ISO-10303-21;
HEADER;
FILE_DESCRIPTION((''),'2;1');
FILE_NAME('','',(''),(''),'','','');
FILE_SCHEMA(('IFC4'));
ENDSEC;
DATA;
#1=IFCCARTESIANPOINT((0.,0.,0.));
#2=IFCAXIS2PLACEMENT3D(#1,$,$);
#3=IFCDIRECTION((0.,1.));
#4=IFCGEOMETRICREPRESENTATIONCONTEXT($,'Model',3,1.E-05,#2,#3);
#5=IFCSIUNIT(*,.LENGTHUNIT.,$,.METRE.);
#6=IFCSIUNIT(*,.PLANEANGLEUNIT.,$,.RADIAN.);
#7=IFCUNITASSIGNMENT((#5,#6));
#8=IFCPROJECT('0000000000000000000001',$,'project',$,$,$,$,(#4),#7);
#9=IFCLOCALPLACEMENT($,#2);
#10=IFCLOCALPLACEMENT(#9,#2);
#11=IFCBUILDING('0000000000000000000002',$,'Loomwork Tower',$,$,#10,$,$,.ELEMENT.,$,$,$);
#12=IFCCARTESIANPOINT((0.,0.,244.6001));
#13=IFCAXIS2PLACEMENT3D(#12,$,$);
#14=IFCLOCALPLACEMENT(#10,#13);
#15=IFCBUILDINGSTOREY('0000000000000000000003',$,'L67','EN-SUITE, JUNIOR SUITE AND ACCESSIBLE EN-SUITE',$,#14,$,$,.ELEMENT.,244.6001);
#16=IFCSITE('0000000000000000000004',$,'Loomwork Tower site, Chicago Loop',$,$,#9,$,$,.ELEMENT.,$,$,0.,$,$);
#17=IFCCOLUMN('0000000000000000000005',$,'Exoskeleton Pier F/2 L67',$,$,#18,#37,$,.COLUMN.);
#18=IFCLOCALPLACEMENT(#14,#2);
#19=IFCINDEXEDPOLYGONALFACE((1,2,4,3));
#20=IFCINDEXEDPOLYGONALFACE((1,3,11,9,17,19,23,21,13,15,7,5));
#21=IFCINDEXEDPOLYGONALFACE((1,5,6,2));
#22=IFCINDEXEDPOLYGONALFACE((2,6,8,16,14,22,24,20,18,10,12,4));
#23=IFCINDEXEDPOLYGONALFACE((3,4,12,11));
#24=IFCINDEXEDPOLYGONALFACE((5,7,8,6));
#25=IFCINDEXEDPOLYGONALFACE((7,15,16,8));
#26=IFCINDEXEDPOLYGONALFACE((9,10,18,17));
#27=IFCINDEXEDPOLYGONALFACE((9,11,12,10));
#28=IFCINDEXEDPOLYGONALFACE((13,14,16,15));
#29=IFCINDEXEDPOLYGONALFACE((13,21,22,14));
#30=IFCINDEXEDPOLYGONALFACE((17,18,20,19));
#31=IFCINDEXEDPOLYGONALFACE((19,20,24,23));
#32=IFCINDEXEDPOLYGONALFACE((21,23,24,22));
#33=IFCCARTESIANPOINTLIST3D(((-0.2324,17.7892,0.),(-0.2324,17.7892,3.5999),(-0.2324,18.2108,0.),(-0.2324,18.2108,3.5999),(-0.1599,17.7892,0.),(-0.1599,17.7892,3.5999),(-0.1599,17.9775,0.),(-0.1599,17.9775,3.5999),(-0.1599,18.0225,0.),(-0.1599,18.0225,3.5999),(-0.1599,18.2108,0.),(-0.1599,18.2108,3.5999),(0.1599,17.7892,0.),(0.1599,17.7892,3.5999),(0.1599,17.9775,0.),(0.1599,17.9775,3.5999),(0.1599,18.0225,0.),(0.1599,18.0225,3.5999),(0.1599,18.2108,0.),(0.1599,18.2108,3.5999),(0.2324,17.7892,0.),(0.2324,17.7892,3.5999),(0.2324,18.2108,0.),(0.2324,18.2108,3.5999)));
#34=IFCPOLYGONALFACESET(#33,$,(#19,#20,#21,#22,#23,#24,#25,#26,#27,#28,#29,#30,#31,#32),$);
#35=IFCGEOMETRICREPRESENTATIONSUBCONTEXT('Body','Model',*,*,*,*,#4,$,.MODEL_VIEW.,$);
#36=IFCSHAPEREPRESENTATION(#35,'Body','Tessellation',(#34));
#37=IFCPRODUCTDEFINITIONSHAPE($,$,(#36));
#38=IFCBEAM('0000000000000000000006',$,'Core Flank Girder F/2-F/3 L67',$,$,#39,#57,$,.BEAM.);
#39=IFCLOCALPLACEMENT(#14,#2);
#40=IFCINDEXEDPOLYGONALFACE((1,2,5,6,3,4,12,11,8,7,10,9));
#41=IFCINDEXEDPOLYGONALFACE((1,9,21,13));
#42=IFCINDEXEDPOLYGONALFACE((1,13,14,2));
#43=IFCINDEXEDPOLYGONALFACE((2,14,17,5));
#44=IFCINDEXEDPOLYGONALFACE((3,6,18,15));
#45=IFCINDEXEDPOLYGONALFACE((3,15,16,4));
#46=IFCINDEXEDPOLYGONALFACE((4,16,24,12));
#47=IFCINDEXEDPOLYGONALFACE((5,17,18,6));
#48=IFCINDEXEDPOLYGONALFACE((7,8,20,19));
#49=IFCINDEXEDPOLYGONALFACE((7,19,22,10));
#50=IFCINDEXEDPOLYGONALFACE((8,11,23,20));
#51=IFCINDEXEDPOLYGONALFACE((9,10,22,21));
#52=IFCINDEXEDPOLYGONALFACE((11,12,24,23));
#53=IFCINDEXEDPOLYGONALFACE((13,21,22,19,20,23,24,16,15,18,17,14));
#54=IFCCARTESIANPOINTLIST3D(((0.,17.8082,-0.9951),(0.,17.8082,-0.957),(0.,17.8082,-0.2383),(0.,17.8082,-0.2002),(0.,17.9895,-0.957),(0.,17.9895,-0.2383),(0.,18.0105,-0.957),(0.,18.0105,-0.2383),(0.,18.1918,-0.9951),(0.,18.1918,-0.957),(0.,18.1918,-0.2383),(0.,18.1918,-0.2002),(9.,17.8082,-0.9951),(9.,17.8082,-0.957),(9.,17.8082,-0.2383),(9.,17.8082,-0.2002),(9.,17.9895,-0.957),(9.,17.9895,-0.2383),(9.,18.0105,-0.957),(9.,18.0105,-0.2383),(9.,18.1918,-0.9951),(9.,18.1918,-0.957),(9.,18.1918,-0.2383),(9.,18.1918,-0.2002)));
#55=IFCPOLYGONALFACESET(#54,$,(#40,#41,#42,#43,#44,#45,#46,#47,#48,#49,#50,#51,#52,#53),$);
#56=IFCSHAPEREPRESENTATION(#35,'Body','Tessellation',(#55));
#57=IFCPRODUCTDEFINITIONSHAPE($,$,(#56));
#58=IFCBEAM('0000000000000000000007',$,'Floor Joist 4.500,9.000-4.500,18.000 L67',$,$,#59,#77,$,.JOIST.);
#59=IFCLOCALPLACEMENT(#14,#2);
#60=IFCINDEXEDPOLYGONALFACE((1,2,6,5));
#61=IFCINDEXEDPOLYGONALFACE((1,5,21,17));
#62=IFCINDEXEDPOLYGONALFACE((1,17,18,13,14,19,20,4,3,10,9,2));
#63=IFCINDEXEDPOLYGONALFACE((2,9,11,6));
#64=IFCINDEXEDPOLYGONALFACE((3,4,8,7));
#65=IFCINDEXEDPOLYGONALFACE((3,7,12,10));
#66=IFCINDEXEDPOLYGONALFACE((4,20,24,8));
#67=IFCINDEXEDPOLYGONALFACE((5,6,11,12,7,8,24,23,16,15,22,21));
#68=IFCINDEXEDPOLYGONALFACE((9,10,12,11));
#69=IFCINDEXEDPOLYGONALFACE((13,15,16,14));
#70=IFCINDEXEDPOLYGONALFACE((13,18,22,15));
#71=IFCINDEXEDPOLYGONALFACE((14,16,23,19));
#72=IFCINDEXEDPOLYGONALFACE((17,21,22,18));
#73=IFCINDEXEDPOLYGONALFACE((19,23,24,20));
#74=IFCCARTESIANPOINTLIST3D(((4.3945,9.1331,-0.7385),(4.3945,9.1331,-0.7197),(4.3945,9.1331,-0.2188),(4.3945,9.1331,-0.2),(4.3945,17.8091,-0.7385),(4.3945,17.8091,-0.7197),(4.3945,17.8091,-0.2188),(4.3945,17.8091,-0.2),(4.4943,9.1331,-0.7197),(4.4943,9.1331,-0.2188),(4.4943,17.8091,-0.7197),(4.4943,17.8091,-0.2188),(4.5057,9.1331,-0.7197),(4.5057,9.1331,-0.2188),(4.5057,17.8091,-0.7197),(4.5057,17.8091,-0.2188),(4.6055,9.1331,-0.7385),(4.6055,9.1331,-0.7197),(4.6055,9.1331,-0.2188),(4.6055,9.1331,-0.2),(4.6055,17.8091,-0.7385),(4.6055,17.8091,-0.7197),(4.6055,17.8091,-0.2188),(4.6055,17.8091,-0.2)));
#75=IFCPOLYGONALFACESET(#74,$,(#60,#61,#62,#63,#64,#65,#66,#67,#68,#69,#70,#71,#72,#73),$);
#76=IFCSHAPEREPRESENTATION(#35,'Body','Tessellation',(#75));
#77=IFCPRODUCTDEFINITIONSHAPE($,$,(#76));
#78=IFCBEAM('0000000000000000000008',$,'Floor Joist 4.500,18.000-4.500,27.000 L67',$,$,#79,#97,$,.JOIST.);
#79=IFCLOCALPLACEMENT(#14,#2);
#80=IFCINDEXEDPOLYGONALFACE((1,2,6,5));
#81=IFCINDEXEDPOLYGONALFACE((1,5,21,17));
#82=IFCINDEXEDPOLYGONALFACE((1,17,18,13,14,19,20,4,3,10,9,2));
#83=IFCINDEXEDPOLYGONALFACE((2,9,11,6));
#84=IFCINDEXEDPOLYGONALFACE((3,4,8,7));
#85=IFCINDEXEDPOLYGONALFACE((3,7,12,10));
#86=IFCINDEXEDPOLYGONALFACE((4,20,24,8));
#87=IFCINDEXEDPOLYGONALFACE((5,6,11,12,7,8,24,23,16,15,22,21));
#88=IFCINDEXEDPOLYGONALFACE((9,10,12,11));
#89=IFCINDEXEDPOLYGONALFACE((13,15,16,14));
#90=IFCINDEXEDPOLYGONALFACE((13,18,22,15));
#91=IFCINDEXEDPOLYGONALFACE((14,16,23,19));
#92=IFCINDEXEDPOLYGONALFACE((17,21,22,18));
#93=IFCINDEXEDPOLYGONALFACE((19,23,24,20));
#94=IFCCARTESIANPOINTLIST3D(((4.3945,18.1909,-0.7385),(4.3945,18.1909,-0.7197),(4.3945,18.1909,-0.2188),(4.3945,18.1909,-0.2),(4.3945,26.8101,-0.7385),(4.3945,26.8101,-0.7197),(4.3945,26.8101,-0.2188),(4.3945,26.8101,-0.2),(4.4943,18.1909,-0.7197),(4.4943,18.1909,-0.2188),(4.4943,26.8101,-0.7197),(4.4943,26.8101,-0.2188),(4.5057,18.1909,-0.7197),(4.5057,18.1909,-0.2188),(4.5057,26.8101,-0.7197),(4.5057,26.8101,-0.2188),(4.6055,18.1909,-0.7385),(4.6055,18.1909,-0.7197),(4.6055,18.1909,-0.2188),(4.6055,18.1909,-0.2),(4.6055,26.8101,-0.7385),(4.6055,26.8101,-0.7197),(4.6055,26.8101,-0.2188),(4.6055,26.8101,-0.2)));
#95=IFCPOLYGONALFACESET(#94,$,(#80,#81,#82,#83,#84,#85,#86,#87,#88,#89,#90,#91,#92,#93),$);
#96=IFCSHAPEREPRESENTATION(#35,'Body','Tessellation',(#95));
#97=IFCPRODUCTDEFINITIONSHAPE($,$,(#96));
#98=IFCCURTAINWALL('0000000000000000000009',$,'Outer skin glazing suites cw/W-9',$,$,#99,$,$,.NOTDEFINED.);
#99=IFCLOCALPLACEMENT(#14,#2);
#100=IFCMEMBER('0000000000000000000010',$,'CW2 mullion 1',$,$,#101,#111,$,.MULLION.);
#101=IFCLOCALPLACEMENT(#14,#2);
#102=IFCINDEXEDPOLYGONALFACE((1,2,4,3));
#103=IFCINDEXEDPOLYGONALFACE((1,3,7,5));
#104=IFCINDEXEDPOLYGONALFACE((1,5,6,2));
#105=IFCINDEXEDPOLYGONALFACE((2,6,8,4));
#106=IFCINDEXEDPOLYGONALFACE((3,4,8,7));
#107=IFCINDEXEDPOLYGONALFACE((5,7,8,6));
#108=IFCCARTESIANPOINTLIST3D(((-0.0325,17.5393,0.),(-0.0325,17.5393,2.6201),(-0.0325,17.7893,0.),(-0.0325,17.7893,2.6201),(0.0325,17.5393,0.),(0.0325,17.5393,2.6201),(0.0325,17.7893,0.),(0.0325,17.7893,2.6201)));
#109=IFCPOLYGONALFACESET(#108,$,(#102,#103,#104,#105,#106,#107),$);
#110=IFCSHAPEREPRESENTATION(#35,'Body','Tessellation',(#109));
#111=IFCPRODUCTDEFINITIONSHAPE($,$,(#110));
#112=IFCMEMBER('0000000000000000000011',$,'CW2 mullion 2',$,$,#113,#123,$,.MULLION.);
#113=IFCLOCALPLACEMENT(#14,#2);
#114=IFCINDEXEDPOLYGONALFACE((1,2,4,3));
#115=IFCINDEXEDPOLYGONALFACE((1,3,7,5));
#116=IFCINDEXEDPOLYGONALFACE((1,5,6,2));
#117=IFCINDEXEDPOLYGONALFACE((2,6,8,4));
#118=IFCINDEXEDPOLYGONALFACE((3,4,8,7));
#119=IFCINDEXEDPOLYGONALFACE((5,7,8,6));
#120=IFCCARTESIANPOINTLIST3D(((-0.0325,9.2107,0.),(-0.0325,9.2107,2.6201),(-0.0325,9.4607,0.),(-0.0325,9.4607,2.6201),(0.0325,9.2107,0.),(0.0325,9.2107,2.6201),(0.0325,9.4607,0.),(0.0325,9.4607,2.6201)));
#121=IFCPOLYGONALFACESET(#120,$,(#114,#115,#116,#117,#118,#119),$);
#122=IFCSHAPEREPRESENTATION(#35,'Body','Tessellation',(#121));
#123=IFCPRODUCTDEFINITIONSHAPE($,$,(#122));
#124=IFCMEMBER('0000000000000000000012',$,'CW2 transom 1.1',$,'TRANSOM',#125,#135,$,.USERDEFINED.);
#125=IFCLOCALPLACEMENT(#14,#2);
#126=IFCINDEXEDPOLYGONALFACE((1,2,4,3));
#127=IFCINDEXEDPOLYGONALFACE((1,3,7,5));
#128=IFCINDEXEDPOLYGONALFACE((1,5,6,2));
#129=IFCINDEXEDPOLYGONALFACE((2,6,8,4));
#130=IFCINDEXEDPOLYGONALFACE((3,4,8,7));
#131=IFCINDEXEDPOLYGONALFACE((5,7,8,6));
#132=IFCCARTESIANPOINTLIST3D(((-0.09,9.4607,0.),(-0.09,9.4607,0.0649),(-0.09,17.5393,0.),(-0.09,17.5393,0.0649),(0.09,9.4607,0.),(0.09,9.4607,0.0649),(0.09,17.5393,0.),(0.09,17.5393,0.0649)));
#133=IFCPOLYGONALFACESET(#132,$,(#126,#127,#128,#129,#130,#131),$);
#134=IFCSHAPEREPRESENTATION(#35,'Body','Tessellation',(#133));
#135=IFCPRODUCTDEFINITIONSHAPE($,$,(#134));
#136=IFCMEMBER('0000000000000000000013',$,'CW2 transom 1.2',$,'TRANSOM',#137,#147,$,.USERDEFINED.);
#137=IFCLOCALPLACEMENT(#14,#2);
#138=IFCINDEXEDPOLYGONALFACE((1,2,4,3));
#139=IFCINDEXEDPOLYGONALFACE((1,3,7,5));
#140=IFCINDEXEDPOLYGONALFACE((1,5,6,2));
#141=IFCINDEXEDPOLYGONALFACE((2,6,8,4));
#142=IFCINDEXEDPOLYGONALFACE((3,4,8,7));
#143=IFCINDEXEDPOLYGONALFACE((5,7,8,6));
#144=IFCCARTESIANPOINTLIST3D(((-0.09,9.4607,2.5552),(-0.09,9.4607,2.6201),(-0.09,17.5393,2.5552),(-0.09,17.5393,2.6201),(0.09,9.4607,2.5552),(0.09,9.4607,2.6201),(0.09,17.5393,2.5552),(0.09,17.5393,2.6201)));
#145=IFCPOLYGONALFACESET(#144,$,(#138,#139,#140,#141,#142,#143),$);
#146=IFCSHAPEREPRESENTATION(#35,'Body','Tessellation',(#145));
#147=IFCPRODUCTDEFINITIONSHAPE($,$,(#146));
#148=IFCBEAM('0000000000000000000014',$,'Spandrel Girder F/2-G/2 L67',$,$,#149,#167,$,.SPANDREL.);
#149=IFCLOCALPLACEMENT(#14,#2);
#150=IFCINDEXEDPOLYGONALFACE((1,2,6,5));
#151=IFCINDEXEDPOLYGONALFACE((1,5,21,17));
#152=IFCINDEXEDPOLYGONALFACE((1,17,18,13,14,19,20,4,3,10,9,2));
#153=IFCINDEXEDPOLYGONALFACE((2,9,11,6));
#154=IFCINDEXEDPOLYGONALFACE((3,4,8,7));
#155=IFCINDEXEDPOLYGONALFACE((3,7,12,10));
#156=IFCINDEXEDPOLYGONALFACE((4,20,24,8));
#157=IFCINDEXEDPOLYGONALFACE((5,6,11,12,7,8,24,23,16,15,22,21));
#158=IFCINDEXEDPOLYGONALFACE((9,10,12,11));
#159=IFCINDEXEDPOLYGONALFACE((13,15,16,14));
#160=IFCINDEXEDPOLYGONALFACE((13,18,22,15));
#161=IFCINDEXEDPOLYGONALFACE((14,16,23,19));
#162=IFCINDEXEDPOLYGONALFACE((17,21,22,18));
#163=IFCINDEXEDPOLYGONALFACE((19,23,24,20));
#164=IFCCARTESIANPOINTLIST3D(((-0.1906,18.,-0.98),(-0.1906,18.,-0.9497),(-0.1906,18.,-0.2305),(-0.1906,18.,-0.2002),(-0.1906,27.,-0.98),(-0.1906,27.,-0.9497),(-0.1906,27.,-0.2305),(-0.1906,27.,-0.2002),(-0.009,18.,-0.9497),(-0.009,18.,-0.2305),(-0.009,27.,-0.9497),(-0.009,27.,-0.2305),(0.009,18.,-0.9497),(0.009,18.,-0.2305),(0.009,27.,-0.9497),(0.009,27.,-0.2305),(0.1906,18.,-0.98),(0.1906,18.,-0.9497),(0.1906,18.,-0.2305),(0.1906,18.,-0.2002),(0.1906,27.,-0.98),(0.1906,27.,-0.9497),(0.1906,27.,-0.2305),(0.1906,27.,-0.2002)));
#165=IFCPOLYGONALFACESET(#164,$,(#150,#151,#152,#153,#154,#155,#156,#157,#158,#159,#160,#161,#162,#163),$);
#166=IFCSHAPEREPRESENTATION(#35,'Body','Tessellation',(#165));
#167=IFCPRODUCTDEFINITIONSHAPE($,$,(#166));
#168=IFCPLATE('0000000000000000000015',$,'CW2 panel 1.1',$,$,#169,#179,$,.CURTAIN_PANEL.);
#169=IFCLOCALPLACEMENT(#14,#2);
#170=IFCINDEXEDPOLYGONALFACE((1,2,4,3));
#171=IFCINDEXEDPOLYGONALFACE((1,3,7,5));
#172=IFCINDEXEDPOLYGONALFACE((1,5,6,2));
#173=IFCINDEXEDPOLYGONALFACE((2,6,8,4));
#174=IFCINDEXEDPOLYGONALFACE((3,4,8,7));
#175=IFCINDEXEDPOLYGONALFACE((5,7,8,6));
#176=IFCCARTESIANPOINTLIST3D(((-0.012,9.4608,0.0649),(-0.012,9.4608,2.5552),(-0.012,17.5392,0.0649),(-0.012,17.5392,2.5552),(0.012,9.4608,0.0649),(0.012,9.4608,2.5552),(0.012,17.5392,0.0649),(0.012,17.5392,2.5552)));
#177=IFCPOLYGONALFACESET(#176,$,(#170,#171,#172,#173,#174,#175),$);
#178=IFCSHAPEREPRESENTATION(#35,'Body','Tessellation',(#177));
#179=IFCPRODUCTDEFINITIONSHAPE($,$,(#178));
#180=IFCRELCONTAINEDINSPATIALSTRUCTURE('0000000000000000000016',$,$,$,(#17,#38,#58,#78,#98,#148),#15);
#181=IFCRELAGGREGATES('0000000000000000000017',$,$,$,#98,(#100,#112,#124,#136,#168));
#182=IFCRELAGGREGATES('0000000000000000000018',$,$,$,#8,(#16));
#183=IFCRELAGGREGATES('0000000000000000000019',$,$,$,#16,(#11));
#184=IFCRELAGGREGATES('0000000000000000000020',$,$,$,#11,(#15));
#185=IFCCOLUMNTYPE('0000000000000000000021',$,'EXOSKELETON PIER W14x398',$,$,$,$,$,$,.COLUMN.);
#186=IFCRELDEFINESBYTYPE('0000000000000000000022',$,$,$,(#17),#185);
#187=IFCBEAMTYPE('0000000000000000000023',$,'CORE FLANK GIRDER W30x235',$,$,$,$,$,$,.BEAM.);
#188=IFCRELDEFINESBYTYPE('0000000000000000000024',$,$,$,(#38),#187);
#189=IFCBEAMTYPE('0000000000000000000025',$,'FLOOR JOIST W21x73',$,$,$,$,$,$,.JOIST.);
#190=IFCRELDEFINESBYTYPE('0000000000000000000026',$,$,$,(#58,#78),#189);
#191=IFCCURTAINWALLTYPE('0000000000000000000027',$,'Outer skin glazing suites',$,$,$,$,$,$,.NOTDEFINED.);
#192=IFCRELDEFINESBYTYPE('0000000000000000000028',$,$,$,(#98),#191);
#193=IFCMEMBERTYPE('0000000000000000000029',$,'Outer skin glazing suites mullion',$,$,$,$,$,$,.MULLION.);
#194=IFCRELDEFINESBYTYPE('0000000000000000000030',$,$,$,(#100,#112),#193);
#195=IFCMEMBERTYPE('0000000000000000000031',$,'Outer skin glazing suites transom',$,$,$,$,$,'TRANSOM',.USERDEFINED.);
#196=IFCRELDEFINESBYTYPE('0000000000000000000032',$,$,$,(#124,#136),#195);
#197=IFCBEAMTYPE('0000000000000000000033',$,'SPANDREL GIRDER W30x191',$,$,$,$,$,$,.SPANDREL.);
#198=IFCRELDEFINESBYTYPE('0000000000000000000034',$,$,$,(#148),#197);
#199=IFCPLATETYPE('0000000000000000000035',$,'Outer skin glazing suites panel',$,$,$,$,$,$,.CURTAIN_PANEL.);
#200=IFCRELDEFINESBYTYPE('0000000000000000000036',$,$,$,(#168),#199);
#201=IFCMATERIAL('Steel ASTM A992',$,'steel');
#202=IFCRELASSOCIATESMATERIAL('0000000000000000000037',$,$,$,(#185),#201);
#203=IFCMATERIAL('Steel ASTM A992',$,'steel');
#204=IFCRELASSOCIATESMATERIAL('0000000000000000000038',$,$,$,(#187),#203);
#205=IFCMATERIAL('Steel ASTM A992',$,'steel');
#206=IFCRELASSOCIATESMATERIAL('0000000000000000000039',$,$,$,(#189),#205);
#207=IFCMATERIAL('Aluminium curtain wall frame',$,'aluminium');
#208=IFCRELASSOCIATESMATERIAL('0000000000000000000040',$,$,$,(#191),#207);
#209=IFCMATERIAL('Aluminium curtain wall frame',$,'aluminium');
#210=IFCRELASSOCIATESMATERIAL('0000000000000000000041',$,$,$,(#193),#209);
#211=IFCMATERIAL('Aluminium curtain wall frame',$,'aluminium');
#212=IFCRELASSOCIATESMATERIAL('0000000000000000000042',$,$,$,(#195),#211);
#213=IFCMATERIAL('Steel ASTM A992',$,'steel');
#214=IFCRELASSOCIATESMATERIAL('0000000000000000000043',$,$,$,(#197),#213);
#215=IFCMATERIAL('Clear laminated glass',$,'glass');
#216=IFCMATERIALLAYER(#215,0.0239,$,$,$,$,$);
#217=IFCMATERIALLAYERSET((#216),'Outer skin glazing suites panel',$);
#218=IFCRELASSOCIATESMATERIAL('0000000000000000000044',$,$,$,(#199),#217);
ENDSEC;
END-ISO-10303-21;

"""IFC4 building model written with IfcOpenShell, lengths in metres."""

from ifc_helpers import new_model, si_unit, direction, frame, origin, origin_2d, place, context, subcontext, project, spatial, rectangle, i_section, extrude, material, layer, layer_set, material_profile, profile_set, type_object, element, aggregate, save


model = new_model("IFC4")

# Units and contexts
model_context = context("Model", 3, precision=1e-05, world=origin(), true_north=direction((0.0, 1.0)))
body_context = subcontext(model_context, "Body", "Model", "MODEL_VIEW")
ifc_project = project(units=[si_unit("LENGTHUNIT", "METRE"), si_unit("PLANEANGLEUNIT", "RADIAN")], contexts=[model_context])

# Site, building, storey
site_placement = place(None, origin())
site = spatial("IfcSite", under=ifc_project, at=site_placement, Name="Loomwork Tower site, Chicago Loop", CompositionType="ELEMENT", RefElevation=0.0)
building_placement = place(site_placement, origin())
building = spatial("IfcBuilding", under=site, at=building_placement, Name="Loomwork Tower", CompositionType="ELEMENT")
storey_placement = place(building_placement, frame((0.0, 0.0, 244.6001)))
storey = spatial("IfcBuildingStorey", under=building, at=storey_placement, Name="L67", Description="EN-SUITE, JUNIOR SUITE AND ACCESSIBLE EN-SUITE", CompositionType="ELEMENT", Elevation=244.6001)

# Column
ifc_material_1 = material(Name="Steel ASTM A992", Category="steel")
ifc_material_profile_1 = material_profile(ifc_material_1, i_section(OverallWidth=0.4216, OverallDepth=0.4648, WebThickness=0.0449, FlangeThickness=0.0725, at=origin_2d()), Name="W14x398")
ifc_profile_set_1 = profile_set([ifc_material_profile_1], Name="Steel ASTM A992")
column_type = type_object("IfcColumnType", Name="EXOSKELETON PIER W14x398", PredefinedType="COLUMN", material=ifc_profile_set_1)
column_placement = place(storey_placement, frame((0.0, 18.0, 0.0), z_axis=(0.0, 0.0, 1.0), x_axis=(0.0, 1.0, 0.0)))
element("IfcColumn", 1, at=column_placement, inside=storey, type_object=column_type, Name="Exoskeleton Pier F/2 L67", PredefinedType="COLUMN", context=body_context, shape_type="SweptSolid", body=[
    extrude(i_section(OverallWidth=0.4216, OverallDepth=0.4648, WebThickness=0.0449, FlangeThickness=0.0725, at=origin_2d()), origin(), (0.0, 0.0, 1.0), 3.5999),
])

# Beams
ifc_material_2 = material(Name="Steel ASTM A992", Category="steel")
ifc_material_profile_2 = material_profile(ifc_material_2, i_section(OverallWidth=0.3835, OverallDepth=0.7949, WebThickness=0.021, FlangeThickness=0.0381, at=origin_2d()), Name="W30x235")
ifc_profile_set_2 = profile_set([ifc_material_profile_2], Name="Steel ASTM A992")
beam_type_1 = type_object("IfcBeamType", Name="CORE FLANK GIRDER W30x235", PredefinedType="BEAM", material=ifc_profile_set_2)
beam_1_placement = place(storey_placement, frame((0.0, 18.0, -0.5977), z_axis=(1.0, 0.0, 0.0), x_axis=(0.0, 1.0, 0.0)))
element("IfcBeam", 2, at=beam_1_placement, inside=storey, type_object=beam_type_1, Name="Core Flank Girder F/2-F/3 L67", PredefinedType="BEAM", context=body_context, shape_type="SweptSolid", body=[
    extrude(i_section(OverallWidth=0.3835, OverallDepth=0.7949, WebThickness=0.021, FlangeThickness=0.0381, at=origin_2d()), origin(), (0.0, 0.0, 1.0), 9.0),
])
ifc_material_3 = material(Name="Steel ASTM A992", Category="steel")
ifc_material_profile_3 = material_profile(ifc_material_3, i_section(OverallWidth=0.2109, OverallDepth=0.5386, WebThickness=0.0115, FlangeThickness=0.0188, at=origin_2d()), Name="W21x73")
ifc_profile_set_3 = profile_set([ifc_material_profile_3], Name="Steel ASTM A992")
beam_type_2 = type_object("IfcBeamType", Name="FLOOR JOIST W21x73", PredefinedType="JOIST", material=ifc_profile_set_3)
beam_2_placement = place(storey_placement, frame((4.5, 9.1331, -0.4692), z_axis=(0.0, 1.0, 0.0), x_axis=(-1.0, 0.0, 0.0)))
element("IfcBeam", 3, at=beam_2_placement, inside=storey, type_object=beam_type_2, Name="Floor Joist 4.500,9.000-4.500,18.000 L67", PredefinedType="JOIST", context=body_context, shape_type="SweptSolid", body=[
    extrude(i_section(OverallWidth=0.2109, OverallDepth=0.5386, WebThickness=0.0115, FlangeThickness=0.0188, at=origin_2d()), origin(), (0.0, 0.0, 1.0), 8.676),
])
beam_3_placement = place(storey_placement, frame((4.5, 18.1909, -0.4692), z_axis=(0.0, 1.0, 0.0), x_axis=(-1.0, 0.0, 0.0)))
element("IfcBeam", 4, at=beam_3_placement, inside=storey, type_object=beam_type_2, Name="Floor Joist 4.500,18.000-4.500,27.000 L67", PredefinedType="JOIST", context=body_context, shape_type="SweptSolid", body=[
    extrude(i_section(OverallWidth=0.2109, OverallDepth=0.5386, WebThickness=0.0115, FlangeThickness=0.0188, at=origin_2d()), origin(), (0.0, 0.0, 1.0), 8.6191),
])

# Curtain wall, members
ifc_material_4 = material(Name="Aluminium curtain wall frame", Category="aluminium")
curtain_wall_type = type_object("IfcCurtainWallType", Name="Outer skin glazing suites", PredefinedType="NOTDEFINED", material=ifc_material_4)
curtain_wall_placement = place(storey_placement, origin())
curtain_wall = element("IfcCurtainWall", 5, at=curtain_wall_placement, inside=storey, type_object=curtain_wall_type, Name="Outer skin glazing suites cw/W-9", PredefinedType="NOTDEFINED")
ifc_material_5 = material(Name="Aluminium curtain wall frame", Category="aluminium")
ifc_material_profile_4 = material_profile(ifc_material_5, rectangle(XDim=0.0649, YDim=0.25, at=origin_2d()), Name="AL 65x250")
ifc_profile_set_4 = profile_set([ifc_material_profile_4], Name="Aluminium curtain wall frame")
member_type_1 = type_object("IfcMemberType", Name="Outer skin glazing suites mullion", PredefinedType="MULLION", material=ifc_profile_set_4)
member_1_placement = place(storey_placement, frame((0.0, 17.6643, 0.0), z_axis=(0.0, 0.0, 1.0), x_axis=(1.0, 0.0, 0.0)))
member_1 = element("IfcMember", 6, at=member_1_placement, type_object=member_type_1, Name="CW2 mullion 1", PredefinedType="MULLION", context=body_context, shape_type="SweptSolid", body=[
    extrude(rectangle(XDim=0.0649, YDim=0.25, at=origin_2d()), origin(), (0.0, 0.0, 1.0), 2.6201),
])
member_2_placement = place(storey_placement, frame((0.0, 9.3357, 0.0), z_axis=(0.0, 0.0, 1.0), x_axis=(1.0, 0.0, 0.0)))
member_2 = element("IfcMember", 7, at=member_2_placement, type_object=member_type_1, Name="CW2 mullion 2", PredefinedType="MULLION", context=body_context, shape_type="SweptSolid", body=[
    extrude(rectangle(XDim=0.0649, YDim=0.25, at=origin_2d()), origin(), (0.0, 0.0, 1.0), 2.6201),
])
ifc_material_6 = material(Name="Aluminium curtain wall frame", Category="aluminium")
ifc_material_profile_5 = material_profile(ifc_material_6, rectangle(XDim=0.1799, YDim=0.0649, at=origin_2d()), Name="AL 65x180")
ifc_profile_set_5 = profile_set([ifc_material_profile_5], Name="Aluminium curtain wall frame")
member_type_2 = type_object("IfcMemberType", Name="Outer skin glazing suites transom", ElementType="TRANSOM", PredefinedType="USERDEFINED", material=ifc_profile_set_5)
member_3_placement = place(storey_placement, frame((0.0, 17.5393, 0.0325), z_axis=(0.0, -1.0, 0.0), x_axis=(1.0, 0.0, 0.0)))
member_3 = element("IfcMember", 8, at=member_3_placement, type_object=member_type_2, Name="CW2 transom 1.1", ObjectType="TRANSOM", PredefinedType="USERDEFINED", context=body_context, shape_type="SweptSolid", body=[
    extrude(rectangle(XDim=0.1799, YDim=0.0649, at=origin_2d()), origin(), (0.0, 0.0, 1.0), 8.0786),
])
member_4_placement = place(storey_placement, frame((0.0, 17.5393, 2.5876), z_axis=(0.0, -1.0, 0.0), x_axis=(1.0, 0.0, 0.0)))
member_4 = element("IfcMember", 9, at=member_4_placement, type_object=member_type_2, Name="CW2 transom 1.2", ObjectType="TRANSOM", PredefinedType="USERDEFINED", context=body_context, shape_type="SweptSolid", body=[
    extrude(rectangle(XDim=0.1799, YDim=0.0649, at=origin_2d()), origin(), (0.0, 0.0, 1.0), 8.0786),
])

# Beam
ifc_material_7 = material(Name="Steel ASTM A992", Category="steel")
ifc_material_profile_6 = material_profile(ifc_material_7, i_section(OverallWidth=0.3811, OverallDepth=0.7798, WebThickness=0.0181, FlangeThickness=0.0303, at=origin_2d()), Name="W30x191")
ifc_profile_set_6 = profile_set([ifc_material_profile_6], Name="Steel ASTM A992")
beam_type_3 = type_object("IfcBeamType", Name="SPANDREL GIRDER W30x191", PredefinedType="SPANDREL", material=ifc_profile_set_6)
beam_4_placement = place(storey_placement, frame((0.0, 18.0, -0.5901), z_axis=(0.0, 1.0, 0.0), x_axis=(-1.0, 0.0, 0.0)))
element("IfcBeam", 10, at=beam_4_placement, inside=storey, type_object=beam_type_3, Name="Spandrel Girder F/2-G/2 L67", PredefinedType="SPANDREL", context=body_context, shape_type="SweptSolid", body=[
    extrude(i_section(OverallWidth=0.3811, OverallDepth=0.7798, WebThickness=0.0181, FlangeThickness=0.0303, at=origin_2d()), origin(), (0.0, 0.0, 1.0), 9.0),
])

# Plate
ifc_material_8 = material(Name="Clear laminated glass", Category="glass")
ifc_layer_1 = layer(ifc_material_8, 0.0239)
ifc_layer_set_1 = layer_set([ifc_layer_1], Name="Outer skin glazing suites panel")
plate_type = type_object("IfcPlateType", Name="Outer skin glazing suites panel", PredefinedType="CURTAIN_PANEL", material=ifc_layer_set_1)
plate_placement = place(storey_placement, frame((0.0, 13.5, 0.0649), z_axis=(0.0, 0.0, 1.0), x_axis=(0.0, -1.0, 0.0)))
plate = element("IfcPlate", 11, at=plate_placement, type_object=plate_type, Name="CW2 panel 1.1", PredefinedType="CURTAIN_PANEL", context=body_context, shape_type="SweptSolid", body=[
    extrude(rectangle(XDim=8.0784, YDim=0.0239, at=origin_2d()), origin(), (0.0, 0.0, 1.0), 2.4902),
])
aggregate(curtain_wall, [member_1, member_2, member_3, member_4, plate])

save(model, "model.ifc")
